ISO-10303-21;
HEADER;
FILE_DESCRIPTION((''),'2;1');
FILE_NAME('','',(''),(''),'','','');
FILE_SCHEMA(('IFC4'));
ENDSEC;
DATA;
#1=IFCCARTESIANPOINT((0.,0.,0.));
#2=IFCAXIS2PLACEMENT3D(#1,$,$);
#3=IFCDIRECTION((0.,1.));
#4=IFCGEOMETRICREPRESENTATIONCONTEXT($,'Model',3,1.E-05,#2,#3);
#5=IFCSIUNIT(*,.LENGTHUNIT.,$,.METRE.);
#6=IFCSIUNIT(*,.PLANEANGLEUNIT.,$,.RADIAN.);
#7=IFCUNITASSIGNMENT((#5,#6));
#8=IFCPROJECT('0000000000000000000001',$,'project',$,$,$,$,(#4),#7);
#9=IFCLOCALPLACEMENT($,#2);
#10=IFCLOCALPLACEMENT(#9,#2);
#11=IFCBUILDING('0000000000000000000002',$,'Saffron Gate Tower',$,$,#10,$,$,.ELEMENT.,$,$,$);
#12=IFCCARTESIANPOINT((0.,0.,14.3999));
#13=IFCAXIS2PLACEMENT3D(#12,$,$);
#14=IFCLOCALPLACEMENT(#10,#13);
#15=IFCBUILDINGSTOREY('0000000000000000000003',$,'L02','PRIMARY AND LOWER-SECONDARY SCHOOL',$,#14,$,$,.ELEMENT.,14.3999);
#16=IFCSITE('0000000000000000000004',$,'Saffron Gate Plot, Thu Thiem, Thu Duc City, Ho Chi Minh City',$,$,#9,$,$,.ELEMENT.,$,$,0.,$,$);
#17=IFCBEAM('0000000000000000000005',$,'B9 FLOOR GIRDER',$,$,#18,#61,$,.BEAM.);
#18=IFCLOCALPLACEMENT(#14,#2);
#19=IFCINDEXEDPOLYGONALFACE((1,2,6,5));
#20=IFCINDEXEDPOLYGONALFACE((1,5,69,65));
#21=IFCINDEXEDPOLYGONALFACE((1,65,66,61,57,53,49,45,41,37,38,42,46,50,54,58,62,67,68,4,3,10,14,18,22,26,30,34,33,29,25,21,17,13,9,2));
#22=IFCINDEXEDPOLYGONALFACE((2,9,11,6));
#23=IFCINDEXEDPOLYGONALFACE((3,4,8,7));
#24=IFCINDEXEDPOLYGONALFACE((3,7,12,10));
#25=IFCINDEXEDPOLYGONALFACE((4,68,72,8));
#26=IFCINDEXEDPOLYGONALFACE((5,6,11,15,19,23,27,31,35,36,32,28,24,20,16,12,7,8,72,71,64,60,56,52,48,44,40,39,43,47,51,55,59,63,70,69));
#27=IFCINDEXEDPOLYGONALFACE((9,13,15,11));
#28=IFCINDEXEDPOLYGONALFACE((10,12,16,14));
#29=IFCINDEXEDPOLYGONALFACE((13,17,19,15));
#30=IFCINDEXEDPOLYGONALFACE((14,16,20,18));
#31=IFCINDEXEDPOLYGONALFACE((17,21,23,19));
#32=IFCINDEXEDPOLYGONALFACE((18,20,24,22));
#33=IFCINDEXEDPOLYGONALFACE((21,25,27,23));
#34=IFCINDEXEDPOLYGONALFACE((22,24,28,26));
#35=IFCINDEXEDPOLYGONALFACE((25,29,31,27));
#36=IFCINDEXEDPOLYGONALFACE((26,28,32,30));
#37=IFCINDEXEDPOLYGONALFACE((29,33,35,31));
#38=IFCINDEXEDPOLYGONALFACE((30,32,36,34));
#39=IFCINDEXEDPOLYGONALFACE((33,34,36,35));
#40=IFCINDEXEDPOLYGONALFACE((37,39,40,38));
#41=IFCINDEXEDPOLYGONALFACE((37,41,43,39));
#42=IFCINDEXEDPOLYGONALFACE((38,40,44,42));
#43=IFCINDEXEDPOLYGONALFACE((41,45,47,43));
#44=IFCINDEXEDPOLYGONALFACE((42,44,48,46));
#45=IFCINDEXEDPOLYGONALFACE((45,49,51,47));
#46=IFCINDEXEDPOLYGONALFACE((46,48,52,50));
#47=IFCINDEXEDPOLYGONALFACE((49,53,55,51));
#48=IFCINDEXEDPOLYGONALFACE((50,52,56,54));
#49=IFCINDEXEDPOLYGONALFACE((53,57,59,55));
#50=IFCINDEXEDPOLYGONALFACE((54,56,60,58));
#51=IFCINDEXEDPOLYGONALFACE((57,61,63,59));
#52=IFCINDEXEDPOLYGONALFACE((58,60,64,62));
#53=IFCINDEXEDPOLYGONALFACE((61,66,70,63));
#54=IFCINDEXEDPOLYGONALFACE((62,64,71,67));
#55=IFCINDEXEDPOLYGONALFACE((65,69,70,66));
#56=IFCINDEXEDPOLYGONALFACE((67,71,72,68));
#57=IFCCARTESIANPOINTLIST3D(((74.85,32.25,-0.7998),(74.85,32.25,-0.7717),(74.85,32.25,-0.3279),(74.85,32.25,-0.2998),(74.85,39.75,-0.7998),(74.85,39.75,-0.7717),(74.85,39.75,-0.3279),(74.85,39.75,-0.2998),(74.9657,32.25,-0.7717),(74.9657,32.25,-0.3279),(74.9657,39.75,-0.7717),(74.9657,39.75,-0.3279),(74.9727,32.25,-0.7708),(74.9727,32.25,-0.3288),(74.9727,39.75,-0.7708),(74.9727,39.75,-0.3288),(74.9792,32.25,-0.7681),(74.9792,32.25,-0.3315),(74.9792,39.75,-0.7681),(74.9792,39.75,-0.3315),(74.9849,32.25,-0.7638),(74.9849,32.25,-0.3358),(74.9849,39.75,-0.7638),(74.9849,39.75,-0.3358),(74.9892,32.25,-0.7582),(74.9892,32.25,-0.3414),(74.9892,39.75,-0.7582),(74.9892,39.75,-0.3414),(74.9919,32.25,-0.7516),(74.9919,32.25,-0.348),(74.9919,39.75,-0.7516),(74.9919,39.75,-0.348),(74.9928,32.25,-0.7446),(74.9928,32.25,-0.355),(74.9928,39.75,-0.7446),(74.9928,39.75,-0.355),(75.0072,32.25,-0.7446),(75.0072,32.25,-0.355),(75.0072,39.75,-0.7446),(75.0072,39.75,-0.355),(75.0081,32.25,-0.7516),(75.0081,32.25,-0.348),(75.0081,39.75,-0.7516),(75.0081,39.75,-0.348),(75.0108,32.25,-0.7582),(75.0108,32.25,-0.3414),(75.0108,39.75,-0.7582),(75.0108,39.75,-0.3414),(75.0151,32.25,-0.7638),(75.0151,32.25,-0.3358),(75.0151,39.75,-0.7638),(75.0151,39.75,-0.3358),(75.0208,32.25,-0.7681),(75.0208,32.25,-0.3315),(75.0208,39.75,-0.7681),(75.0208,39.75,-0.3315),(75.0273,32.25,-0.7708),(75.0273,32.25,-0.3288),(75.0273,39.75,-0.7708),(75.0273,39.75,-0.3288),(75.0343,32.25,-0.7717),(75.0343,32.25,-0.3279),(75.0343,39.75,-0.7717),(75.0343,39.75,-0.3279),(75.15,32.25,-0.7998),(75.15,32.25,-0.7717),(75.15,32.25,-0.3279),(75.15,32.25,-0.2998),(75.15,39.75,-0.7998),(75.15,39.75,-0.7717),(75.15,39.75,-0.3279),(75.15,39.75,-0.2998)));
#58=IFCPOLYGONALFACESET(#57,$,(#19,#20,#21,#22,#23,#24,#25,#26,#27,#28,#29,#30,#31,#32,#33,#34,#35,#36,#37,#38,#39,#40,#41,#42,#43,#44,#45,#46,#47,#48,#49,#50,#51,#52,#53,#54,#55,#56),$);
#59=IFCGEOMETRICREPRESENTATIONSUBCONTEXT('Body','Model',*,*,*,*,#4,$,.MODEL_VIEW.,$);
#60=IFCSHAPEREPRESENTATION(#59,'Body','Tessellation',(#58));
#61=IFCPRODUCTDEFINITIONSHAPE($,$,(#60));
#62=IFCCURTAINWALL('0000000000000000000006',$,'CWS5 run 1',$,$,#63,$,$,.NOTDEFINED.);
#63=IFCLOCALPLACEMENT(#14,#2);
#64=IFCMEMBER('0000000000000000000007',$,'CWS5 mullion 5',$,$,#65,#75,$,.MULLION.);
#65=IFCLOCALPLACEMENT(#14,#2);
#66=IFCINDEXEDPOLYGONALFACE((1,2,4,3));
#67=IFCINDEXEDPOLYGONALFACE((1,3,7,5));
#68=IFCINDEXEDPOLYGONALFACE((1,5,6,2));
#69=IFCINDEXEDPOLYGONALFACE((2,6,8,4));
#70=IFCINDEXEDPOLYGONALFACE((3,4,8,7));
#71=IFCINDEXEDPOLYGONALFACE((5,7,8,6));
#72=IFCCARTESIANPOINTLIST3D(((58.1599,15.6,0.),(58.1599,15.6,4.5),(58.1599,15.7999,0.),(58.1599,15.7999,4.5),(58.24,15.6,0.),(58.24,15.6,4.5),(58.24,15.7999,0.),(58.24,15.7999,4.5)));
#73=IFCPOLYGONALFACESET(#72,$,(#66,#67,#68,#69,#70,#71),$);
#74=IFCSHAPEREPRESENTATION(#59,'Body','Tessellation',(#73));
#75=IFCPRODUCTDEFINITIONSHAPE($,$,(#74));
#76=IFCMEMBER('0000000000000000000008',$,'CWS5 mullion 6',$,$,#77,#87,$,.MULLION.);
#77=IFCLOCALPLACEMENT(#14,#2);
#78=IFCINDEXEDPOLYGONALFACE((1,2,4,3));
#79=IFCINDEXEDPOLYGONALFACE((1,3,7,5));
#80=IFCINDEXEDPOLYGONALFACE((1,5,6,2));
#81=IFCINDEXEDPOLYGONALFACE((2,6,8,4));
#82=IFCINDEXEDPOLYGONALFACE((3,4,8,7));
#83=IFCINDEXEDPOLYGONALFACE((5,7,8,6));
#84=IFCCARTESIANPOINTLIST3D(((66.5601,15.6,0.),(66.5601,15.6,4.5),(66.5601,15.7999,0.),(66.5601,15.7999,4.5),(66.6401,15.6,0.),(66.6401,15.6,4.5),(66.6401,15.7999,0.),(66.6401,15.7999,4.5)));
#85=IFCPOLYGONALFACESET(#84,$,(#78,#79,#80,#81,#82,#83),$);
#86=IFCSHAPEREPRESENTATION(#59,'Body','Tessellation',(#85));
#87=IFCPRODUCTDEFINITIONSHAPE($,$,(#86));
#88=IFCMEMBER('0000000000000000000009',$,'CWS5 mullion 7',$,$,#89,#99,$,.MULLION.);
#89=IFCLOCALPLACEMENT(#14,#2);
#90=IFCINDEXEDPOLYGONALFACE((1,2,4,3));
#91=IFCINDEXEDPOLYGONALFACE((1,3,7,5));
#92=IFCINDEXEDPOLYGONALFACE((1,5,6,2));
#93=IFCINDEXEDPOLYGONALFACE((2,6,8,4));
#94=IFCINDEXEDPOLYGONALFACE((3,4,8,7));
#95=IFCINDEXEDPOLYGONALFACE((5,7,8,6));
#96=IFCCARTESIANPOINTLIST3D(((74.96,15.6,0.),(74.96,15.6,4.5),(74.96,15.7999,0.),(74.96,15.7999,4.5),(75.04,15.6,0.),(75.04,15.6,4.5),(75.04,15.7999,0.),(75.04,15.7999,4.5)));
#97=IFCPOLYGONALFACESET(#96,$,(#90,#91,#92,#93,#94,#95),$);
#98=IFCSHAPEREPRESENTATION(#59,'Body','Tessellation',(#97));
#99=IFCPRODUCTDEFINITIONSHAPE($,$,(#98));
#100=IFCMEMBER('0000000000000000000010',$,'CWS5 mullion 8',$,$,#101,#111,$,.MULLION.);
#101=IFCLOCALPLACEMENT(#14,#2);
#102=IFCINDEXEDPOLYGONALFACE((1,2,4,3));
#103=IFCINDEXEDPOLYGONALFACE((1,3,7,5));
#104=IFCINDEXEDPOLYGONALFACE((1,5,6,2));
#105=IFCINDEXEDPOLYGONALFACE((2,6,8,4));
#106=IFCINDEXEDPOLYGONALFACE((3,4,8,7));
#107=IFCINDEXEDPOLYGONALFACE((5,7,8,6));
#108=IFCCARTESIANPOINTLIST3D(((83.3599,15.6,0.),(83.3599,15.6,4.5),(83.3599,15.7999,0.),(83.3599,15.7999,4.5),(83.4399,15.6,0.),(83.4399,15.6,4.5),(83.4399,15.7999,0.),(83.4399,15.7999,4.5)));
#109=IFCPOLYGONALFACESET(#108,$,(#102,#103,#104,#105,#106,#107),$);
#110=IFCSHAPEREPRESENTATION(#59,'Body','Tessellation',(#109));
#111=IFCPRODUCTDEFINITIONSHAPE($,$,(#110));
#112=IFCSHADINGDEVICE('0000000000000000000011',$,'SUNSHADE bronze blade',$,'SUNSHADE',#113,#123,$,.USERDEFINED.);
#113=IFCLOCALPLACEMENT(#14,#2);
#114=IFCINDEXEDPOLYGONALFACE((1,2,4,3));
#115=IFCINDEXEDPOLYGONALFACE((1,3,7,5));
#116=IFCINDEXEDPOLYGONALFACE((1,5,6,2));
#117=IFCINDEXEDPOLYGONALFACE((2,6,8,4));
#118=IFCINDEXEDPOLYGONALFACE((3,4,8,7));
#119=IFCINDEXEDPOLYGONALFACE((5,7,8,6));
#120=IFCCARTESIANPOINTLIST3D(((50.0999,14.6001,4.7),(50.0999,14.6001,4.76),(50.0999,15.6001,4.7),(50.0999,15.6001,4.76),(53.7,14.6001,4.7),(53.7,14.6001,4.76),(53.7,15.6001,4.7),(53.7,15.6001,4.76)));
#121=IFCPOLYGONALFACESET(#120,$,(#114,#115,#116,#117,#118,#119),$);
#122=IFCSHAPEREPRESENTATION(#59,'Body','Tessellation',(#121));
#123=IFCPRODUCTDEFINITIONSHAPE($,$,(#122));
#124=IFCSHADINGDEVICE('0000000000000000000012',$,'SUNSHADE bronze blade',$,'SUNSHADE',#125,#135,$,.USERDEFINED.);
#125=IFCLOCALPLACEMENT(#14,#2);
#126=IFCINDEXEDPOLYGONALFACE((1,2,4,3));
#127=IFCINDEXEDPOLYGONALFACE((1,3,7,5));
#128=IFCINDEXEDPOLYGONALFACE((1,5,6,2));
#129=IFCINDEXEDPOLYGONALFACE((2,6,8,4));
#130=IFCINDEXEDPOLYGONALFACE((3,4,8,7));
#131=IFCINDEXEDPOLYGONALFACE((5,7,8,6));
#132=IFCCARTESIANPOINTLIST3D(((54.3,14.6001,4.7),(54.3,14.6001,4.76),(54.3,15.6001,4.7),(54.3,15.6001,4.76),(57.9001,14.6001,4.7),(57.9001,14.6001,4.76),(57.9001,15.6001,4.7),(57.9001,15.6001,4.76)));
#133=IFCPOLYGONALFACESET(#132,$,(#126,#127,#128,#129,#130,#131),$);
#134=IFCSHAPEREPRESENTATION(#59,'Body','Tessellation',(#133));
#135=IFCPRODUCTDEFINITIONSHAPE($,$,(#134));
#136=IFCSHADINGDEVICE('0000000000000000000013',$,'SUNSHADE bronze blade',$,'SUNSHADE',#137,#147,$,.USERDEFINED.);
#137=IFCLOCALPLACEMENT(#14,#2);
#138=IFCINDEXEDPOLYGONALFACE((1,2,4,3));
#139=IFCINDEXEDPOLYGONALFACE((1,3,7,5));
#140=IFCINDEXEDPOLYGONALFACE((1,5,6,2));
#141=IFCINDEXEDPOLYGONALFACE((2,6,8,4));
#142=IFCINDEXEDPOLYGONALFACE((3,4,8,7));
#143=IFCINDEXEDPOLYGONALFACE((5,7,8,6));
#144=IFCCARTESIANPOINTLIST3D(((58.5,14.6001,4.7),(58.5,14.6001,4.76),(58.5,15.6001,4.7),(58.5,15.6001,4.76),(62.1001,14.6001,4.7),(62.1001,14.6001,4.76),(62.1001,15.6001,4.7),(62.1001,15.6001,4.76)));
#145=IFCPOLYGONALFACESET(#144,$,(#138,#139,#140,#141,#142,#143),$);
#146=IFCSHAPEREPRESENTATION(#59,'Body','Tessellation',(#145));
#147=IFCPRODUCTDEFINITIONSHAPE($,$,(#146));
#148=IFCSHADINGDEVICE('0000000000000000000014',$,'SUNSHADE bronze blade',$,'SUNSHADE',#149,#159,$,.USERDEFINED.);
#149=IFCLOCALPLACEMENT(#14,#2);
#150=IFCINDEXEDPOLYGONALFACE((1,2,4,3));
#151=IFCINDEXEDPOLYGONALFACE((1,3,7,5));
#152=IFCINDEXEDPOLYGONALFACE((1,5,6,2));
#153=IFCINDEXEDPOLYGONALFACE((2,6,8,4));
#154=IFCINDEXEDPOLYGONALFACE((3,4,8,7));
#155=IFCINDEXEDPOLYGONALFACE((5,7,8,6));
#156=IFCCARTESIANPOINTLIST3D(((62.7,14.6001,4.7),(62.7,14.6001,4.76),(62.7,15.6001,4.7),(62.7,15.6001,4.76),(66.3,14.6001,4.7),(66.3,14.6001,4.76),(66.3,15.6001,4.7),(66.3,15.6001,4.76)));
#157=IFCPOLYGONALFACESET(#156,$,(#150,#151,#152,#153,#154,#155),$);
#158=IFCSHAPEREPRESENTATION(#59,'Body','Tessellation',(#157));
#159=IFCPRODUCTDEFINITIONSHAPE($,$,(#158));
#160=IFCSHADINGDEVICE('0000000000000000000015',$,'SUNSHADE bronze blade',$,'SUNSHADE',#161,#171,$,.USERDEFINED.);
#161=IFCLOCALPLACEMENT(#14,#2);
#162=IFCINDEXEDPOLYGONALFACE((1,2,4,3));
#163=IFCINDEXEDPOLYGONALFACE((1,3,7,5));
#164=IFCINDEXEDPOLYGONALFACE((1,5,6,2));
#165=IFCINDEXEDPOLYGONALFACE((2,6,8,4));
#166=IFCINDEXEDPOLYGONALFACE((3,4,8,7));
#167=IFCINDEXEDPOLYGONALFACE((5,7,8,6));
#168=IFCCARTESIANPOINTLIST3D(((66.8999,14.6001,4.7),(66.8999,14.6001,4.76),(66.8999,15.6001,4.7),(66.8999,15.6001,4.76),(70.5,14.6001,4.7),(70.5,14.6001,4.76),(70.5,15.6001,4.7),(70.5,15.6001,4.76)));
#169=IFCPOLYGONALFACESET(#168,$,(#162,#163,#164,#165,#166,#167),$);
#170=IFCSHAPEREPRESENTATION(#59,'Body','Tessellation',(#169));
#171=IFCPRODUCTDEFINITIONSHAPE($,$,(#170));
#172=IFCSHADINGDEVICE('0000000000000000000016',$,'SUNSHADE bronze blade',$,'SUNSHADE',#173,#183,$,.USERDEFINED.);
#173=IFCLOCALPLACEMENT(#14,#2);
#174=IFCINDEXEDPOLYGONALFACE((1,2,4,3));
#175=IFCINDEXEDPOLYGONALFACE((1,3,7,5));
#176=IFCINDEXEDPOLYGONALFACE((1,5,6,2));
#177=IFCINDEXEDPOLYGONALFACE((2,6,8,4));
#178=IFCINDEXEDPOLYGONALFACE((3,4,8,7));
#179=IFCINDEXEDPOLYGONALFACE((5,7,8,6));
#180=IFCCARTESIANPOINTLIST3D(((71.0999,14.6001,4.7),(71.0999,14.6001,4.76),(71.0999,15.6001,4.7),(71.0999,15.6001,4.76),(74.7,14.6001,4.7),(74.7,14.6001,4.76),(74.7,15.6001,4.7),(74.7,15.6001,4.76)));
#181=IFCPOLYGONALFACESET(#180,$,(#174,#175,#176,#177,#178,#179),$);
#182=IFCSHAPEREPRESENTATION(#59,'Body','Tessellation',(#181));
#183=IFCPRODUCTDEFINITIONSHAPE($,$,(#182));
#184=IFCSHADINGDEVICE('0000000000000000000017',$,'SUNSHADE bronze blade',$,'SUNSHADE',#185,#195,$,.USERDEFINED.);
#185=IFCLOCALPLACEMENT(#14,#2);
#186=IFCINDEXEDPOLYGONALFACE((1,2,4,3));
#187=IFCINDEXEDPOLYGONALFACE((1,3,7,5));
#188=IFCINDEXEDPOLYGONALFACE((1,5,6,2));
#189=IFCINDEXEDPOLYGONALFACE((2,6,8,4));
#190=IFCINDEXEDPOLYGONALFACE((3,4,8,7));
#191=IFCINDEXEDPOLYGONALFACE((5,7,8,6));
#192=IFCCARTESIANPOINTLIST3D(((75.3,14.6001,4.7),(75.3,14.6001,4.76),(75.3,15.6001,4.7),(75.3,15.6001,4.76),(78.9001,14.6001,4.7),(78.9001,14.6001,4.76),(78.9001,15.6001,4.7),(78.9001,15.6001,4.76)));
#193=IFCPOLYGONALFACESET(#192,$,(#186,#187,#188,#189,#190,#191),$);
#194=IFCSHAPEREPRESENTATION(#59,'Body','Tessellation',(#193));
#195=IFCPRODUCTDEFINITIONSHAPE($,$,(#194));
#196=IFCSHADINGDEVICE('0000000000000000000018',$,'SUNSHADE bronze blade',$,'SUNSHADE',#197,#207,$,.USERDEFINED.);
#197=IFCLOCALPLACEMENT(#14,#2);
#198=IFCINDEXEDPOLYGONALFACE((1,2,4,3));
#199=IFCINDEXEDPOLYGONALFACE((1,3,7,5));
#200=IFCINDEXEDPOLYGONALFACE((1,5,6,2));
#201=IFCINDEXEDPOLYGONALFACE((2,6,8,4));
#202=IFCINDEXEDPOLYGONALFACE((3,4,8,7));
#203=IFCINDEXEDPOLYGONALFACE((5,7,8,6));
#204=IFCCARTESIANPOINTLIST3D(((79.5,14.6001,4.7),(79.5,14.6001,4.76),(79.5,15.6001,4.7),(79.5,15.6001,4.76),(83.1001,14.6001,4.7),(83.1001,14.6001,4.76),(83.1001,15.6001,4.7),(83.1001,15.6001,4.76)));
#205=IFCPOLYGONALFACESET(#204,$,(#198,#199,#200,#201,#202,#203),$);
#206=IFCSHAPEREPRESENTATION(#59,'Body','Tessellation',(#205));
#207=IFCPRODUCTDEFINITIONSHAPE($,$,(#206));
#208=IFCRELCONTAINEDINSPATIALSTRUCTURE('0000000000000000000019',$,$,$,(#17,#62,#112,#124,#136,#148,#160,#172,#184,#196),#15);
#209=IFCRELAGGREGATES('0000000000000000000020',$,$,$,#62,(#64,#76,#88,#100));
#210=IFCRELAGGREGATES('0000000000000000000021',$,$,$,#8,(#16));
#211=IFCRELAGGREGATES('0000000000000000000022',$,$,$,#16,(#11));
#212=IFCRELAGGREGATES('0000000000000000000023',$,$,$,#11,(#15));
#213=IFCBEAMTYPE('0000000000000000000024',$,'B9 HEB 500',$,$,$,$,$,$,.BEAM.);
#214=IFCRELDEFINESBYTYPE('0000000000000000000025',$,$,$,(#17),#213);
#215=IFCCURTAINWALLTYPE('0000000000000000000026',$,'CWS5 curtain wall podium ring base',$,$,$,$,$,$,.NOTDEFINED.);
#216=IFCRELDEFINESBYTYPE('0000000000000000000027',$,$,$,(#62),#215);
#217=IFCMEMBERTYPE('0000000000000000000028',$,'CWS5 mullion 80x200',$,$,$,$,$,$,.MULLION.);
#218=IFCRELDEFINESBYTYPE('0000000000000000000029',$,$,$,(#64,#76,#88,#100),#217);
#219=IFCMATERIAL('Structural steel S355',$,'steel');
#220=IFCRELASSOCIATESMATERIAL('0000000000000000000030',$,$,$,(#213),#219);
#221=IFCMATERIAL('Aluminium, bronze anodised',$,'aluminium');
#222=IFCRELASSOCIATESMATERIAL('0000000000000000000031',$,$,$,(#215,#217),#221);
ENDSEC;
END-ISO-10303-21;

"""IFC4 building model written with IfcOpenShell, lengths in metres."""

from ifc_helpers import new_model, si_unit, direction, frame, origin, origin_2d, place, context, subcontext, project, spatial, rectangle, i_section, extrude, material, material_profile, profile_set, type_object, element, aggregate, save


model = new_model("IFC4")

# Units and contexts
model_context = context("Model", 3, precision=1e-05, world=origin(), true_north=direction((0.0, 1.0)))
body_context = subcontext(model_context, "Body", "Model", "MODEL_VIEW")
ifc_project = project(units=[si_unit("LENGTHUNIT", "METRE"), si_unit("PLANEANGLEUNIT", "RADIAN")], contexts=[model_context])

# Site, building, storey
site_placement = place(None, origin())
site = spatial("IfcSite", under=ifc_project, at=site_placement, Name="Saffron Gate Plot, Thu Thiem, Thu Duc City, Ho Chi Minh City", CompositionType="ELEMENT", RefElevation=0.0)
building_placement = place(site_placement, origin())
building = spatial("IfcBuilding", under=site, at=building_placement, Name="Saffron Gate Tower", CompositionType="ELEMENT")
storey_placement = place(building_placement, frame((0.0, 0.0, 14.3999)))
storey = spatial("IfcBuildingStorey", under=building, at=storey_placement, Name="L02", Description="PRIMARY AND LOWER-SECONDARY SCHOOL", CompositionType="ELEMENT", Elevation=14.3999)

# Beam
ifc_material_1 = material(Name="Structural steel S355", Category="steel")
ifc_material_profile_1 = material_profile(ifc_material_1, i_section(OverallWidth=0.3, OverallDepth=0.5, WebThickness=0.0144, FlangeThickness=0.0281, FilletRadius=0.0271, at=origin_2d()))
ifc_profile_set_1 = profile_set([ifc_material_profile_1], Name="Structural steel S355")
beam_type_1 = type_object("IfcBeamType", Name="B9 HEB 500", PredefinedType="BEAM", material=ifc_profile_set_1)
beam_1_placement = place(storey_placement, frame((75.0, 32.25, -0.5498), z_axis=(0.0, 1.0, 0.0), x_axis=(-1.0, 0.0, 0.0)))
element("IfcBeam", 1, at=beam_1_placement, inside=storey, type_object=beam_type_1, Name="B9 FLOOR GIRDER", PredefinedType="BEAM", context=body_context, shape_type="SweptSolid", body=[
    extrude(i_section(OverallWidth=0.3, OverallDepth=0.5, WebThickness=0.0144, FlangeThickness=0.0281, FilletRadius=0.0271, at=origin_2d()), origin(), (0.0, 0.0, 1.0), 7.5),
])

# Curtain wall, members
ifc_material_2 = material(Name="Aluminium, bronze anodised", Category="aluminium")
curtain_wall_type = type_object("IfcCurtainWallType", Name="CWS5 curtain wall podium ring base", PredefinedType="NOTDEFINED", material=ifc_material_2)
curtain_wall_placement = place(storey_placement, origin())
curtain_wall = element("IfcCurtainWall", 2, at=curtain_wall_placement, inside=storey, type_object=curtain_wall_type, Name="CWS5 run 1", PredefinedType="NOTDEFINED")
ifc_material_profile_2 = material_profile(ifc_material_2, rectangle(XDim=0.2, YDim=0.0801, at=origin_2d()))
ifc_profile_set_2 = profile_set([ifc_material_profile_2], Name="Aluminium, bronze anodised")
member_type = type_object("IfcMemberType", Name="CWS5 mullion 80x200", PredefinedType="MULLION", material=ifc_profile_set_2)
member_1_placement = place(storey_placement, frame((58.2, 15.7, 0.0), z_axis=(0.0, 0.0, 1.0), x_axis=(0.0, 1.0, 0.0)))
member_1 = element("IfcMember", 3, at=member_1_placement, type_object=member_type, Name="CWS5 mullion 5", PredefinedType="MULLION", context=body_context, shape_type="SweptSolid", body=[
    extrude(rectangle(XDim=0.2, YDim=0.0801, at=origin_2d()), origin(), (0.0, 0.0, 1.0), 4.5),
])
member_2_placement = place(storey_placement, frame((66.6001, 15.7, 0.0), z_axis=(0.0, 0.0, 1.0), x_axis=(0.0, 1.0, 0.0)))
member_2 = element("IfcMember", 4, at=member_2_placement, type_object=member_type, Name="CWS5 mullion 6", PredefinedType="MULLION", context=body_context, shape_type="SweptSolid", body=[
    extrude(rectangle(XDim=0.2, YDim=0.0801, at=origin_2d()), origin(), (0.0, 0.0, 1.0), 4.5),
])
member_3_placement = place(storey_placement, frame((75.0, 15.7, 0.0), z_axis=(0.0, 0.0, 1.0), x_axis=(0.0, 1.0, 0.0)))
member_3 = element("IfcMember", 5, at=member_3_placement, type_object=member_type, Name="CWS5 mullion 7", PredefinedType="MULLION", context=body_context, shape_type="SweptSolid", body=[
    extrude(rectangle(XDim=0.2, YDim=0.0801, at=origin_2d()), origin(), (0.0, 0.0, 1.0), 4.5),
])
member_4_placement = place(storey_placement, frame((83.3999, 15.7, 0.0), z_axis=(0.0, 0.0, 1.0), x_axis=(0.0, 1.0, 0.0)))
member_4 = element("IfcMember", 6, at=member_4_placement, type_object=member_type, Name="CWS5 mullion 8", PredefinedType="MULLION", context=body_context, shape_type="SweptSolid", body=[
    extrude(rectangle(XDim=0.2, YDim=0.0801, at=origin_2d()), origin(), (0.0, 0.0, 1.0), 4.5),
])
aggregate(curtain_wall, [member_1, member_2, member_3, member_4])

# Shading devices
for number, where, z_axis, x_axis, name in (
    (7, (51.8999, 15.1001, 4.7), (0.0, 0.0, 1.0), (1.0, 0.0, 0.0), "SUNSHADE bronze blade"),
    (8, (56.1001, 15.1001, 4.7), (0.0, 0.0, 1.0), (1.0, 0.0, 0.0), "SUNSHADE bronze blade"),
    (9, (60.3, 15.1001, 4.7), (0.0, 0.0, 1.0), (1.0, 0.0, 0.0), "SUNSHADE bronze blade"),
    (10, (64.5, 15.1001, 4.7), (0.0, 0.0, 1.0), (1.0, 0.0, 0.0), "SUNSHADE bronze blade"),
    (11, (68.7, 15.1001, 4.7), (0.0, 0.0, 1.0), (1.0, 0.0, 0.0), "SUNSHADE bronze blade"),
    (12, (72.8999, 15.1001, 4.7), (0.0, 0.0, 1.0), (1.0, 0.0, 0.0), "SUNSHADE bronze blade"),
    (13, (77.1001, 15.1001, 4.7), (0.0, 0.0, 1.0), (1.0, 0.0, 0.0), "SUNSHADE bronze blade"),
    (14, (81.3, 15.1001, 4.7), (0.0, 0.0, 1.0), (1.0, 0.0, 0.0), "SUNSHADE bronze blade"),
):
    element("IfcShadingDevice", number, at=place(storey_placement, frame(where, z_axis=z_axis, x_axis=x_axis)), inside=storey, Name=name, ObjectType="SUNSHADE", PredefinedType="USERDEFINED", context=body_context, shape_type="SweptSolid", body=[
        extrude(rectangle(XDim=3.6001, YDim=1.0, at=origin_2d()), origin(), (0.0, 0.0, 1.0), 0.0601),
    ])

save(model, "model.ifc")
